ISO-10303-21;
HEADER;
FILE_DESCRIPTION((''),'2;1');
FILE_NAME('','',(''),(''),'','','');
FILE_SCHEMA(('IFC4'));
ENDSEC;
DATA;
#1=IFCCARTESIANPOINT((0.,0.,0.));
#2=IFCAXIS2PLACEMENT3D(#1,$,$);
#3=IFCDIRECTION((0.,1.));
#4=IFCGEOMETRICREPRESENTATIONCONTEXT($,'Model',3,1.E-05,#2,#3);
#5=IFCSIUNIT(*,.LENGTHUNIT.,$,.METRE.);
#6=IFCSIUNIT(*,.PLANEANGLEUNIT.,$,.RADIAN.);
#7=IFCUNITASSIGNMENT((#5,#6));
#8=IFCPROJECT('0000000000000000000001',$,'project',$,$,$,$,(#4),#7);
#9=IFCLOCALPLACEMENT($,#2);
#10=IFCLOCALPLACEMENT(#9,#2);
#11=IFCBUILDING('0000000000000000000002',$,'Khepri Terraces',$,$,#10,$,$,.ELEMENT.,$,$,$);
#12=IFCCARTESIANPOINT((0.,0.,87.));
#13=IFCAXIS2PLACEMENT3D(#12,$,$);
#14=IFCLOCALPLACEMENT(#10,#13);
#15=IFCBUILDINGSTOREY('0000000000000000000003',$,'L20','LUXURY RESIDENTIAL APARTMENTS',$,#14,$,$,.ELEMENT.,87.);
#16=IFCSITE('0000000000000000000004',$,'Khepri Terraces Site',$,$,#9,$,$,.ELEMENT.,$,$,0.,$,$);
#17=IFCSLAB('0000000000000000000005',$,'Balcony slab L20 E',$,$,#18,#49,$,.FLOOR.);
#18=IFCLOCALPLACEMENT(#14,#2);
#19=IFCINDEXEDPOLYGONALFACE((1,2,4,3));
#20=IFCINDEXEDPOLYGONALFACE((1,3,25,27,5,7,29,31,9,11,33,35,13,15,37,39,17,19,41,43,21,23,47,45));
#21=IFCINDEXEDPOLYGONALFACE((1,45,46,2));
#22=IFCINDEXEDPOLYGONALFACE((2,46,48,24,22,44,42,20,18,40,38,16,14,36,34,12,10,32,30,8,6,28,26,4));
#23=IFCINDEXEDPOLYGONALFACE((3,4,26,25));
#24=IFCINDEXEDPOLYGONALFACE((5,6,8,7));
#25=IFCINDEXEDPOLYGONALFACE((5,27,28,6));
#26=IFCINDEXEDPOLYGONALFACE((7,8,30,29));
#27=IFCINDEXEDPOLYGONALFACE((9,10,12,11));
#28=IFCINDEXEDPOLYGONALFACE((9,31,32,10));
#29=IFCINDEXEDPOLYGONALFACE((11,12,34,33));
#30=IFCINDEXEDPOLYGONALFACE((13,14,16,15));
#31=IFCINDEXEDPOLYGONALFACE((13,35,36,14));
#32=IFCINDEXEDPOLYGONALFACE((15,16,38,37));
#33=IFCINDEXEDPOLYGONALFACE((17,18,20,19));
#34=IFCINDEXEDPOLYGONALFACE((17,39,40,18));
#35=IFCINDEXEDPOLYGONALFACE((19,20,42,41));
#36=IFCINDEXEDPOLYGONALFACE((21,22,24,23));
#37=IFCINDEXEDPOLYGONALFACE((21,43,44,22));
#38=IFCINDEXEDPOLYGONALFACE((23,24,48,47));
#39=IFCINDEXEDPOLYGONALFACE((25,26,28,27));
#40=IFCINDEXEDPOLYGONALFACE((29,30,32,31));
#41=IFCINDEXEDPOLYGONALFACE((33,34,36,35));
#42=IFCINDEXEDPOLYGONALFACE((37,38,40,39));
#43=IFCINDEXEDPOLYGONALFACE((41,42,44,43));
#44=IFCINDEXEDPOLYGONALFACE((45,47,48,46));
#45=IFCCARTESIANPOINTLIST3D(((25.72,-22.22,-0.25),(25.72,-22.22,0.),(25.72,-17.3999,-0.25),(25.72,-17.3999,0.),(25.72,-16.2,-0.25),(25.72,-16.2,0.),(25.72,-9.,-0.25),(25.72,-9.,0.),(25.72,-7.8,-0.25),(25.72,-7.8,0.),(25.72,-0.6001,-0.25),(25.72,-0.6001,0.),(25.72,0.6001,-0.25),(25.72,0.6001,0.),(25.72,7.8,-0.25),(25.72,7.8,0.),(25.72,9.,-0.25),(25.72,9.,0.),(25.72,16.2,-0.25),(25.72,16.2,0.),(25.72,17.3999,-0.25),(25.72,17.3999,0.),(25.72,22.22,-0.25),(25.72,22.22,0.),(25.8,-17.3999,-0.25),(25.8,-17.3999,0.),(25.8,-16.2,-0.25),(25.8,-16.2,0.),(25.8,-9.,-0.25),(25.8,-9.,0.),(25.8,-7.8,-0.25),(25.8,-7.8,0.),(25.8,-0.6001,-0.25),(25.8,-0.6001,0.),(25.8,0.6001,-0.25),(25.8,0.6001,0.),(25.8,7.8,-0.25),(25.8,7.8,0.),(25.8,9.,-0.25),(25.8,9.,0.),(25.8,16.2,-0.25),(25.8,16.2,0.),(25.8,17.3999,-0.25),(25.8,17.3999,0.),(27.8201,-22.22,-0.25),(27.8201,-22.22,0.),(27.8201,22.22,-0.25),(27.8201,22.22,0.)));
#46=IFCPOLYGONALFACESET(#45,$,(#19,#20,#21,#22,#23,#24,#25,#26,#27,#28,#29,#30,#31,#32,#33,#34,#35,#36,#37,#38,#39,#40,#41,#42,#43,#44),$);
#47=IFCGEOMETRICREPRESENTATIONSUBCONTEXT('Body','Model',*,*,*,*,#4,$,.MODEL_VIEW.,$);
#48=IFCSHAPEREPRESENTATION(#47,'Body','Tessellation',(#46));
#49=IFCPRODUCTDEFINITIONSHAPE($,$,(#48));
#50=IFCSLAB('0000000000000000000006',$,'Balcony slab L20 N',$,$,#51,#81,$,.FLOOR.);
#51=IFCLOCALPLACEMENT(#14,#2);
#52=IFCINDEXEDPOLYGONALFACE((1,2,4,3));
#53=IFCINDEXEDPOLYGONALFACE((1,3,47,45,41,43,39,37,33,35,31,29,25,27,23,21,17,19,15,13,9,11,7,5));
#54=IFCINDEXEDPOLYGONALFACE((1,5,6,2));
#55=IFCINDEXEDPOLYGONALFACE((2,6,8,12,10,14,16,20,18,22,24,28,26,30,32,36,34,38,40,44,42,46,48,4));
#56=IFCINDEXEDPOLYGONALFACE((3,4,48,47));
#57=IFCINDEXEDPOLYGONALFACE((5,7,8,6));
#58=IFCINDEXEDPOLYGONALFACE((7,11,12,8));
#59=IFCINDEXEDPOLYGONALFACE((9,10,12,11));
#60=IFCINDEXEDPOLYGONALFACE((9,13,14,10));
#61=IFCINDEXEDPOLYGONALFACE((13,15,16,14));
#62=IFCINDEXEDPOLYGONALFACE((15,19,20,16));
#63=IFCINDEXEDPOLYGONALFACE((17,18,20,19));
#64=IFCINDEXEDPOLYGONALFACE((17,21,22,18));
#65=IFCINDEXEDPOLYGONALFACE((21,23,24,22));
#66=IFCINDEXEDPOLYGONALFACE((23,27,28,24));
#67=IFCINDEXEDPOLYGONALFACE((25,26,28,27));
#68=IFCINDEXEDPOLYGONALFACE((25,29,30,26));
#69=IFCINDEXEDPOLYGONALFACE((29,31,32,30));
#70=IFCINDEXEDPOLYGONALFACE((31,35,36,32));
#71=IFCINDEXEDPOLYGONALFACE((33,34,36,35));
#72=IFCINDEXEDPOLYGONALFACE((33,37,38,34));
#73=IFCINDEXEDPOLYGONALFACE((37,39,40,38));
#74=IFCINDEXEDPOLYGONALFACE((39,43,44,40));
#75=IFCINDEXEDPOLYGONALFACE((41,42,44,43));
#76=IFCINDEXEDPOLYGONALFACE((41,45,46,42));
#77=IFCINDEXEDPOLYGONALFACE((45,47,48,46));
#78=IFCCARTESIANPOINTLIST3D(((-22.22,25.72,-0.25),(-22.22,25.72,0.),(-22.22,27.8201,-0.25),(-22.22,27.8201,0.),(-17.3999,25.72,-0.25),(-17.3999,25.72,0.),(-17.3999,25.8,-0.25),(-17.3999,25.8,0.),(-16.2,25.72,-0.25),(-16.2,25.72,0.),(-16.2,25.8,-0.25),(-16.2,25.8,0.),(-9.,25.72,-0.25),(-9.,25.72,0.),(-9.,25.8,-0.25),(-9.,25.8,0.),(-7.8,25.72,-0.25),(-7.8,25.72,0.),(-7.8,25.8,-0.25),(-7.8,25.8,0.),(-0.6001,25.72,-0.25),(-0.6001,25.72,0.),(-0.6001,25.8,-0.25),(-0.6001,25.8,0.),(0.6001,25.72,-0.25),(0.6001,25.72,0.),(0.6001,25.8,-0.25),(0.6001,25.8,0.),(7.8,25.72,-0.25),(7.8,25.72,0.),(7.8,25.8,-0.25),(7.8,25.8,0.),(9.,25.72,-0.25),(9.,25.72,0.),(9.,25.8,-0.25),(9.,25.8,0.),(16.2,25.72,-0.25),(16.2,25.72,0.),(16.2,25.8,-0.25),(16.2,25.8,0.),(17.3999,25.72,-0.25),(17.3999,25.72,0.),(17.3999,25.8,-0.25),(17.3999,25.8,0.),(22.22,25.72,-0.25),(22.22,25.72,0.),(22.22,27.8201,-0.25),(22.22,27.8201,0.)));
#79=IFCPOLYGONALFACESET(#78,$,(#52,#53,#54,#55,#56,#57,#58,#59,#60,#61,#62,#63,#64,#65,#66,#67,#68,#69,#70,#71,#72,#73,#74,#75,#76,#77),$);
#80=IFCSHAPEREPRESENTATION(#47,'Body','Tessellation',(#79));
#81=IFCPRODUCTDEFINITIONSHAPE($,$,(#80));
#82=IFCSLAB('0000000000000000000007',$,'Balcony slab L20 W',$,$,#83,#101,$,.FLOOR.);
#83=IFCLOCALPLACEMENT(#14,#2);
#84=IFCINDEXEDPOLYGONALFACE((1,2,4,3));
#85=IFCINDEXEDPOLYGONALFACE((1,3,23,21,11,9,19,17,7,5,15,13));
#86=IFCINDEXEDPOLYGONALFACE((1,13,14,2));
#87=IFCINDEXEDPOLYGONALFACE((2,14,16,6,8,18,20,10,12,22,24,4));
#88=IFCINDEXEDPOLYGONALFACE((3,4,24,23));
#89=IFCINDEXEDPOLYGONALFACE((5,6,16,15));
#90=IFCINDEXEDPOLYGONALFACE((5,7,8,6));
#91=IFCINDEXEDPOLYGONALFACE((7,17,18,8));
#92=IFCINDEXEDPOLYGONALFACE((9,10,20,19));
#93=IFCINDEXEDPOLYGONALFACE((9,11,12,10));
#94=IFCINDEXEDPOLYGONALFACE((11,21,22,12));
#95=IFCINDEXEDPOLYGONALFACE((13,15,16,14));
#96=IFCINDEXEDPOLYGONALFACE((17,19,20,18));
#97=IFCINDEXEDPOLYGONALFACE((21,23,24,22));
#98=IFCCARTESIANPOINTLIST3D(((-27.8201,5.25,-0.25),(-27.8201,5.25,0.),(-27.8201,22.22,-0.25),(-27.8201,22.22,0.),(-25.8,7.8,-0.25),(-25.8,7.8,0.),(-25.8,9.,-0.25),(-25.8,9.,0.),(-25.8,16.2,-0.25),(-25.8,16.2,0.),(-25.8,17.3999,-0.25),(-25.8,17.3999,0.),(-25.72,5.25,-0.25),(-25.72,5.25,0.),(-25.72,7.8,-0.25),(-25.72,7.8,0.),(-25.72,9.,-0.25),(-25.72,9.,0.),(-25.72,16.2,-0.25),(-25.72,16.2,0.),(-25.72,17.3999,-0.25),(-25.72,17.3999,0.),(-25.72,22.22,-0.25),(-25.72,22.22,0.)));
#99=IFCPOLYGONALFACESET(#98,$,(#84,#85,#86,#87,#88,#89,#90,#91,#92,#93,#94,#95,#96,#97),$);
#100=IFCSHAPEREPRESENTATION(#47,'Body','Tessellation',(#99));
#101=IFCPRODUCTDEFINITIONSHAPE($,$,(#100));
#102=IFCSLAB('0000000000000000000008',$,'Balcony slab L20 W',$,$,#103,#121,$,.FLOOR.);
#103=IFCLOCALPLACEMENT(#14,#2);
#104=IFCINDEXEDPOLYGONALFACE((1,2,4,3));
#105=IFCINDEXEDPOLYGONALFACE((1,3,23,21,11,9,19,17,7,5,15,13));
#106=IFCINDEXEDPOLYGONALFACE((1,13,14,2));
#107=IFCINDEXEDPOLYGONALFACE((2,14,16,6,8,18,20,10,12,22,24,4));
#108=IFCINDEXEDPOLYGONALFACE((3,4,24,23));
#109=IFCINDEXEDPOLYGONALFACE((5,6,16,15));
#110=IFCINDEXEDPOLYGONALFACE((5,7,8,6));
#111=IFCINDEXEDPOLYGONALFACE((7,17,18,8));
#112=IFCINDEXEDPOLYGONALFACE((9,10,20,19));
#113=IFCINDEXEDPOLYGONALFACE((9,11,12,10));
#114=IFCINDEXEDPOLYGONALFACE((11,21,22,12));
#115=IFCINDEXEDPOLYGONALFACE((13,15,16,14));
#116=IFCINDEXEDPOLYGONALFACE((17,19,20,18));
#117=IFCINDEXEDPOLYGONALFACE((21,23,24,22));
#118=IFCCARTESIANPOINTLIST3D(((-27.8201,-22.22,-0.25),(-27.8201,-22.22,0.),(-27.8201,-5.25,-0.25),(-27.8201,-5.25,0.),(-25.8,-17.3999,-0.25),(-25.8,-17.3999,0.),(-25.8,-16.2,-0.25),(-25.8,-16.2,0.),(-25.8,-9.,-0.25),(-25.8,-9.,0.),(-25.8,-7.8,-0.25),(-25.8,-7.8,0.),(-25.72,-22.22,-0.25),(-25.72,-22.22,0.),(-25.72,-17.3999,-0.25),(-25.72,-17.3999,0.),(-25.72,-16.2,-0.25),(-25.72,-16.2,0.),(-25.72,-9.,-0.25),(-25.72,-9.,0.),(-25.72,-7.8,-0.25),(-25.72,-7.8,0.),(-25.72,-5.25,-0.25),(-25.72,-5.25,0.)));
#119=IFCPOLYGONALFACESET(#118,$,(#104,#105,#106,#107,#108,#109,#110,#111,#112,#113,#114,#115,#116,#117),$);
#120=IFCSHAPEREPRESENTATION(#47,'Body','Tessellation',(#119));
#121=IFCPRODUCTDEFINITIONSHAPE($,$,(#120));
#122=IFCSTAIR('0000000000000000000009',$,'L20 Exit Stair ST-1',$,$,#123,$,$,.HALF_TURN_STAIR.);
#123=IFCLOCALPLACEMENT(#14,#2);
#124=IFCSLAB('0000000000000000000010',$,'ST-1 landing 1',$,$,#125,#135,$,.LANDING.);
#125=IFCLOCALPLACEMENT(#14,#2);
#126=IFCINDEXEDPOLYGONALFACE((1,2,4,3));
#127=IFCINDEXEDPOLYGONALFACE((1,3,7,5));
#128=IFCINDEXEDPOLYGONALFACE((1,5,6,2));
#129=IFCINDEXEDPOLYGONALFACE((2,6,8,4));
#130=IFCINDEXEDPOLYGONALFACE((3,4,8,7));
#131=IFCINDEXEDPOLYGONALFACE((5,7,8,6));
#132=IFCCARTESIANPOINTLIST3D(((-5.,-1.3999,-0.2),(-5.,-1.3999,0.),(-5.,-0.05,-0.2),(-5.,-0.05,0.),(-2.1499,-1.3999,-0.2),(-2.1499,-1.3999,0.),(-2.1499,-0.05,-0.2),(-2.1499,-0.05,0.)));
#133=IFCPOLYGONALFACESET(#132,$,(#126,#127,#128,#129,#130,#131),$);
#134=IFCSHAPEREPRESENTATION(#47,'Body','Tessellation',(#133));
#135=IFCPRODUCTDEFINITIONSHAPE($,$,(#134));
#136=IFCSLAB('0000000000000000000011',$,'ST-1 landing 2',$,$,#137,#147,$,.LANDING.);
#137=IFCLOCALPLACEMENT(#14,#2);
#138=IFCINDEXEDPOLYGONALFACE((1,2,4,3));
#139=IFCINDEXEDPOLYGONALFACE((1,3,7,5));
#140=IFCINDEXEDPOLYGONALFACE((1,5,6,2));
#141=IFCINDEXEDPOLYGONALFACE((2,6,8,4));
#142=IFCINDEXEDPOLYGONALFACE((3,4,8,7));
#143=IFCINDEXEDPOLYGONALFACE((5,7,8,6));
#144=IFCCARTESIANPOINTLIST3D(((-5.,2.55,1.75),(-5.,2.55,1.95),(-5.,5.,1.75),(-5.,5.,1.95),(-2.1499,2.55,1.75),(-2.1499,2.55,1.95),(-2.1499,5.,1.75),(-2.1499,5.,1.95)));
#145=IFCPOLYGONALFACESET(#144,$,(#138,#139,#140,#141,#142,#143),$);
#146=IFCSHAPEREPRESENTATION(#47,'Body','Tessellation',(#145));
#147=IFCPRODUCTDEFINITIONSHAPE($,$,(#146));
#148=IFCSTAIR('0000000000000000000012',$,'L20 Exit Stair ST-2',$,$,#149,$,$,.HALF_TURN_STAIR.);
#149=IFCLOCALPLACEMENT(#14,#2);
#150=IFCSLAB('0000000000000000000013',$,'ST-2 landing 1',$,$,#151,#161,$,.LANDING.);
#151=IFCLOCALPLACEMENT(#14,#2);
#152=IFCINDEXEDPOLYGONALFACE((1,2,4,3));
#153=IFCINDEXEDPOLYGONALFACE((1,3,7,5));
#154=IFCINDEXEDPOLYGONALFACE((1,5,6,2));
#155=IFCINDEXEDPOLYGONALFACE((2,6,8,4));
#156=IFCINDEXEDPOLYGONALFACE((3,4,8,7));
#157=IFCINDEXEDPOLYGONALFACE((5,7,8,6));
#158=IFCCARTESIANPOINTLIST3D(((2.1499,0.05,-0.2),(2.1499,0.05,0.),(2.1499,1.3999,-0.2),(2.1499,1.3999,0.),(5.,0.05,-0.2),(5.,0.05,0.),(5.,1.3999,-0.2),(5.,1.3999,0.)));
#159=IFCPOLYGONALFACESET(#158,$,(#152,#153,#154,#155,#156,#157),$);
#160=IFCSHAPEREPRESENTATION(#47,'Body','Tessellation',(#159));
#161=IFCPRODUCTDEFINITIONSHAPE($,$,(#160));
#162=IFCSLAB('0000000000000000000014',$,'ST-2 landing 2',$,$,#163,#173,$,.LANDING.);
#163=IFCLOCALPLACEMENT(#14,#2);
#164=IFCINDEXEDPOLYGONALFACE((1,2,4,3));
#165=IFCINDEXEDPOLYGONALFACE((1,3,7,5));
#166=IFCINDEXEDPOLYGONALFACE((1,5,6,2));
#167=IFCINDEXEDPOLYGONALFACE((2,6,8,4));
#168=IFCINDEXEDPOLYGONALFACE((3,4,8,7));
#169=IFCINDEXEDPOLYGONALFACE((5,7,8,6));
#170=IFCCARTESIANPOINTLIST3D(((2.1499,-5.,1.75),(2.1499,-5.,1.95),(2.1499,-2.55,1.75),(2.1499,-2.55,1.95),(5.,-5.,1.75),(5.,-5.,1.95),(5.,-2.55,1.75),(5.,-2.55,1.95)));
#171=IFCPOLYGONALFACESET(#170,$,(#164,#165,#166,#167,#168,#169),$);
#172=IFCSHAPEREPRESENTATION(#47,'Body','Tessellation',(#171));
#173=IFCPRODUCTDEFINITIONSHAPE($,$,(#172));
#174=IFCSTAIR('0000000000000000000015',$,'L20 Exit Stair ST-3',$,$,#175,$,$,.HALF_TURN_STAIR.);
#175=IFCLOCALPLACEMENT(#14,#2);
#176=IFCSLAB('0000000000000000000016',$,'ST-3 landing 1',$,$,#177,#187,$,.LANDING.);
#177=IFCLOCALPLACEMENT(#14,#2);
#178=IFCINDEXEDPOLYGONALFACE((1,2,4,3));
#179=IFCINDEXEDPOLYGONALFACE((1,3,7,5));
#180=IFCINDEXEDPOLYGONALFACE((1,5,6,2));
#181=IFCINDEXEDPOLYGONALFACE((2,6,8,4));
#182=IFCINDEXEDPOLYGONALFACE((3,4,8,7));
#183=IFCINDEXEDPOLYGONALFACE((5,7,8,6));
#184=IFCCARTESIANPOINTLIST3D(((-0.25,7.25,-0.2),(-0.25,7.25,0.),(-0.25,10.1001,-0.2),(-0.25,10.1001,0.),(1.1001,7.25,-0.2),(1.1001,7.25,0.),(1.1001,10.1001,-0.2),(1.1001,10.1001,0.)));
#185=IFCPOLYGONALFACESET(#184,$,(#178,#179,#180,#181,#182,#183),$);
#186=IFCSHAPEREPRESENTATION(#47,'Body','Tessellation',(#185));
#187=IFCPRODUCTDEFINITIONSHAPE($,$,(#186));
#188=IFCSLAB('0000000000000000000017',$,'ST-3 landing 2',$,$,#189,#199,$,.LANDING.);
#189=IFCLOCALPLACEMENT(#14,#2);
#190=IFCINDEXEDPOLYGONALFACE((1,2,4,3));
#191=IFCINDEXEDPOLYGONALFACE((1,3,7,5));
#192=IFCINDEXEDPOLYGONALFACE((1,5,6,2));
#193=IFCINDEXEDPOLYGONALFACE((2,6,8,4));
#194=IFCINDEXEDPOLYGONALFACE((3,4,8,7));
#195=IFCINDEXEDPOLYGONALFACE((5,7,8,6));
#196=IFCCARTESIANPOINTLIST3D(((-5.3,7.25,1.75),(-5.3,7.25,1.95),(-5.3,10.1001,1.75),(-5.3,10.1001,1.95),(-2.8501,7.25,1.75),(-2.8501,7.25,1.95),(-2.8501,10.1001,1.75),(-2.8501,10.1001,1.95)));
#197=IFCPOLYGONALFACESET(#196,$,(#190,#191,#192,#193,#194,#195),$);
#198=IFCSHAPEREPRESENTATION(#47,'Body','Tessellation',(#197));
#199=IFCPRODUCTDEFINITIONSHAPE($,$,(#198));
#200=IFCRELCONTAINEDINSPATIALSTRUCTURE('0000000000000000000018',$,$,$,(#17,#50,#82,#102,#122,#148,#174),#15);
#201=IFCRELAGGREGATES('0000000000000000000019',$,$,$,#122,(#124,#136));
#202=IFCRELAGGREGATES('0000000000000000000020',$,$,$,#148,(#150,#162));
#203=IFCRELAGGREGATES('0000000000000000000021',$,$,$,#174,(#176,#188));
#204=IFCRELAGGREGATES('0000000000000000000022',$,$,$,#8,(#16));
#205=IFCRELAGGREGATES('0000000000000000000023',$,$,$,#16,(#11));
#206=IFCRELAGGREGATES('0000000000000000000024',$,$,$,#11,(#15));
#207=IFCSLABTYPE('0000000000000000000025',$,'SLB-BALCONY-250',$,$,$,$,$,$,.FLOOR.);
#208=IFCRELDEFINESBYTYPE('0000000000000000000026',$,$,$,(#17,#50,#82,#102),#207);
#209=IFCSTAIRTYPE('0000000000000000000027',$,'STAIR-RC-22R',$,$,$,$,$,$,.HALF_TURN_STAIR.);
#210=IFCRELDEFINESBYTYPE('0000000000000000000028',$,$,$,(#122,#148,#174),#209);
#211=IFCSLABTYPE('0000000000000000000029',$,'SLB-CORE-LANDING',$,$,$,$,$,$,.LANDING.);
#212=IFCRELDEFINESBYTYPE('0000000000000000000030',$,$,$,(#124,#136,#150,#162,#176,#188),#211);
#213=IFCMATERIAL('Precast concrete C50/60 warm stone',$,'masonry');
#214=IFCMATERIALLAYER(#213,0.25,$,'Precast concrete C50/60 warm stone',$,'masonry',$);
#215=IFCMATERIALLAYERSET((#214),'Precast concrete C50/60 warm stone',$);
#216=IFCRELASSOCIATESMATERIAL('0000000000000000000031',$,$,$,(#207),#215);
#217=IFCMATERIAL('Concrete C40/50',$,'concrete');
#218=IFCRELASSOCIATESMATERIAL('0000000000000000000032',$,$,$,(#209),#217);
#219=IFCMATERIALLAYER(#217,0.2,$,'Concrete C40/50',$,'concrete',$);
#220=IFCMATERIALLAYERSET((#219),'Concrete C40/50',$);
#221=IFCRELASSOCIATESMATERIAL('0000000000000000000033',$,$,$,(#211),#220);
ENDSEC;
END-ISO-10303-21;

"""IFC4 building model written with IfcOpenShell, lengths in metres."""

from ifc_helpers import new_model, si_unit, direction, frame, origin, place, context, subcontext, project, spatial, polyline, outline, extrude, material, layer, layer_set, type_object, element, aggregate, save


model = new_model("IFC4")

# Units and contexts
model_context = context("Model", 3, precision=1e-05, world=origin(), true_north=direction((0.0, 1.0)))
body_context = subcontext(model_context, "Body", "Model", "MODEL_VIEW")
ifc_project = project(units=[si_unit("LENGTHUNIT", "METRE"), si_unit("PLANEANGLEUNIT", "RADIAN")], contexts=[model_context])

# Site, building, storey
site_placement = place(None, origin())
site = spatial("IfcSite", under=ifc_project, at=site_placement, Name="Khepri Terraces Site", CompositionType="ELEMENT", RefElevation=0.0)
building_placement = place(site_placement, origin())
building = spatial("IfcBuilding", under=site, at=building_placement, Name="Khepri Terraces", CompositionType="ELEMENT")
storey_placement = place(building_placement, frame((0.0, 0.0, 87.0)))
storey = spatial("IfcBuildingStorey", under=building, at=storey_placement, Name="L20", Description="LUXURY RESIDENTIAL APARTMENTS", CompositionType="ELEMENT", Elevation=87.0)

# Slabs
ifc_material_1 = material(Name="Precast concrete C50/60 warm stone", Category="masonry")
ifc_layer_1 = layer(ifc_material_1, 0.25, Name="Precast concrete C50/60 warm stone", Category="masonry")
ifc_layer_set_1 = layer_set([ifc_layer_1], Name="Precast concrete C50/60 warm stone")
slab_type_1 = type_object("IfcSlabType", Name="SLB-BALCONY-250", PredefinedType="FLOOR", material=ifc_layer_set_1)
slab_1_placement = place(storey_placement, frame((0.0, 0.0, -0.25)))
element("IfcSlab", 1, at=slab_1_placement, inside=storey, type_object=slab_type_1, Name="Balcony slab L20 E", PredefinedType="FLOOR", context=body_context, shape_type="SweptSolid", body=[
    extrude(outline(polyline([(25.72, -17.3999), (25.72, -22.22), (27.8201, -22.22), (27.8201, 22.22), (25.72, 22.22), (25.72, 17.3999), (25.8, 17.3999), (25.8, 16.2), (25.72, 16.2), (25.72, 9.0), (25.8, 9.0), (25.8, 7.8), (25.72, 7.8), (25.72, 0.6001), (25.8, 0.6001), (25.8, -0.6001), (25.72, -0.6001), (25.72, -7.8), (25.8, -7.8), (25.8, -9.0), (25.72, -9.0), (25.72, -16.2), (25.8, -16.2), (25.8, -17.3999), (25.72, -17.3999)])), origin(), (0.0, 0.0, 1.0), 0.25),
])
slab_2_placement = place(storey_placement, frame((0.0, 0.0, -0.25)))
element("IfcSlab", 2, at=slab_2_placement, inside=storey, type_object=slab_type_1, Name="Balcony slab L20 N", PredefinedType="FLOOR", context=body_context, shape_type="SweptSolid", body=[
    extrude(outline(polyline([(17.3999, 25.72), (22.22, 25.72), (22.22, 27.8201), (-22.22, 27.8201), (-22.22, 25.72), (-17.3999, 25.72), (-17.3999, 25.8), (-16.2, 25.8), (-16.2, 25.72), (-9.0, 25.72), (-9.0, 25.8), (-7.8, 25.8), (-7.8, 25.72), (-0.6001, 25.72), (-0.6001, 25.8), (0.6001, 25.8), (0.6001, 25.72), (7.8, 25.72), (7.8, 25.8), (9.0, 25.8), (9.0, 25.72), (16.2, 25.72), (16.2, 25.8), (17.3999, 25.8), (17.3999, 25.72)])), origin(), (0.0, 0.0, 1.0), 0.25),
])
slab_3_placement = place(storey_placement, frame((0.0, 0.0, -0.25)))
element("IfcSlab", 3, at=slab_3_placement, inside=storey, type_object=slab_type_1, Name="Balcony slab L20 W", PredefinedType="FLOOR", context=body_context, shape_type="SweptSolid", body=[
    extrude(outline(polyline([(-25.72, 17.3999), (-25.72, 22.22), (-27.8201, 22.22), (-27.8201, 5.25), (-25.72, 5.25), (-25.72, 7.8), (-25.8, 7.8), (-25.8, 9.0), (-25.72, 9.0), (-25.72, 16.2), (-25.8, 16.2), (-25.8, 17.3999), (-25.72, 17.3999)])), origin(), (0.0, 0.0, 1.0), 0.25),
])
slab_4_placement = place(storey_placement, frame((0.0, 0.0, -0.25)))
element("IfcSlab", 4, at=slab_4_placement, inside=storey, type_object=slab_type_1, Name="Balcony slab L20 W", PredefinedType="FLOOR", context=body_context, shape_type="SweptSolid", body=[
    extrude(outline(polyline([(-25.72, -7.8), (-25.72, -5.25), (-27.8201, -5.25), (-27.8201, -22.22), (-25.72, -22.22), (-25.72, -17.3999), (-25.8, -17.3999), (-25.8, -16.2), (-25.72, -16.2), (-25.72, -9.0), (-25.8, -9.0), (-25.8, -7.8), (-25.72, -7.8)])), origin(), (0.0, 0.0, 1.0), 0.25),
])

# Stairs, slabs
ifc_material_2 = material(Name="Concrete C40/50", Category="concrete")
stair_type = type_object("IfcStairType", Name="STAIR-RC-22R", PredefinedType="HALF_TURN_STAIR", material=ifc_material_2)
stair_1_placement = place(storey_placement, origin())
stair_1 = element("IfcStair", 5, at=stair_1_placement, inside=storey, type_object=stair_type, Name="L20 Exit Stair ST-1", PredefinedType="HALF_TURN_STAIR")
ifc_layer_2 = layer(ifc_material_2, 0.2, Name="Concrete C40/50", Category="concrete")
ifc_layer_set_2 = layer_set([ifc_layer_2], Name="Concrete C40/50")
slab_type_2 = type_object("IfcSlabType", Name="SLB-CORE-LANDING", PredefinedType="LANDING", material=ifc_layer_set_2)
slab_5_placement = place(storey_placement, frame((0.0, 0.0, -0.2)))
slab_5 = element("IfcSlab", 6, at=slab_5_placement, type_object=slab_type_2, Name="ST-1 landing 1", PredefinedType="LANDING", context=body_context, shape_type="SweptSolid", body=[
    extrude(outline(polyline([(-2.1499, -1.3999), (-2.1499, -0.05), (-5.0, -0.05), (-5.0, -1.3999), (-2.1499, -1.3999)])), origin(), (0.0, 0.0, 1.0), 0.2),
])
slab_6_placement = place(storey_placement, frame((0.0, 0.0, 1.75)))
slab_6 = element("IfcSlab", 7, at=slab_6_placement, type_object=slab_type_2, Name="ST-1 landing 2", PredefinedType="LANDING", context=body_context, shape_type="SweptSolid", body=[
    extrude(outline(polyline([(-2.1499, 2.55), (-2.1499, 5.0), (-5.0, 5.0), (-5.0, 2.55), (-2.1499, 2.55)])), origin(), (0.0, 0.0, 1.0), 0.2),
])
aggregate(stair_1, [slab_5, slab_6])
stair_2_placement = place(storey_placement, origin())
stair_2 = element("IfcStair", 8, at=stair_2_placement, inside=storey, type_object=stair_type, Name="L20 Exit Stair ST-2", PredefinedType="HALF_TURN_STAIR")
slab_7_placement = place(storey_placement, frame((0.0, 0.0, -0.2)))
slab_7 = element("IfcSlab", 9, at=slab_7_placement, type_object=slab_type_2, Name="ST-2 landing 1", PredefinedType="LANDING", context=body_context, shape_type="SweptSolid", body=[
    extrude(outline(polyline([(2.1499, 1.3999), (2.1499, 0.05), (5.0, 0.05), (5.0, 1.3999), (2.1499, 1.3999)])), origin(), (0.0, 0.0, 1.0), 0.2),
])
slab_8_placement = place(storey_placement, frame((0.0, 0.0, 1.75)))
slab_8 = element("IfcSlab", 10, at=slab_8_placement, type_object=slab_type_2, Name="ST-2 landing 2", PredefinedType="LANDING", context=body_context, shape_type="SweptSolid", body=[
    extrude(outline(polyline([(2.1499, -2.55), (2.1499, -5.0), (5.0, -5.0), (5.0, -2.55), (2.1499, -2.55)])), origin(), (0.0, 0.0, 1.0), 0.2),
])
aggregate(stair_2, [slab_7, slab_8])
stair_3_placement = place(storey_placement, origin())
stair_3 = element("IfcStair", 11, at=stair_3_placement, inside=storey, type_object=stair_type, Name="L20 Exit Stair ST-3", PredefinedType="HALF_TURN_STAIR")
slab_9_placement = place(storey_placement, frame((0.0, 0.0, -0.2)))
slab_9 = element("IfcSlab", 12, at=slab_9_placement, type_object=slab_type_2, Name="ST-3 landing 1", PredefinedType="LANDING", context=body_context, shape_type="SweptSolid", body=[
    extrude(outline(polyline([(1.1001, 10.1001), (-0.25, 10.1001), (-0.25, 7.25), (1.1001, 7.25), (1.1001, 10.1001)])), origin(), (0.0, 0.0, 1.0), 0.2),
])
slab_10_placement = place(storey_placement, frame((0.0, 0.0, 1.75)))
slab_10 = element("IfcSlab", 13, at=slab_10_placement, type_object=slab_type_2, Name="ST-3 landing 2", PredefinedType="LANDING", context=body_context, shape_type="SweptSolid", body=[
    extrude(outline(polyline([(-2.8501, 10.1001), (-5.3, 10.1001), (-5.3, 7.25), (-2.8501, 7.25), (-2.8501, 10.1001)])), origin(), (0.0, 0.0, 1.0), 0.2),
])
aggregate(stair_3, [slab_9, slab_10])

save(model, "model.ifc")
